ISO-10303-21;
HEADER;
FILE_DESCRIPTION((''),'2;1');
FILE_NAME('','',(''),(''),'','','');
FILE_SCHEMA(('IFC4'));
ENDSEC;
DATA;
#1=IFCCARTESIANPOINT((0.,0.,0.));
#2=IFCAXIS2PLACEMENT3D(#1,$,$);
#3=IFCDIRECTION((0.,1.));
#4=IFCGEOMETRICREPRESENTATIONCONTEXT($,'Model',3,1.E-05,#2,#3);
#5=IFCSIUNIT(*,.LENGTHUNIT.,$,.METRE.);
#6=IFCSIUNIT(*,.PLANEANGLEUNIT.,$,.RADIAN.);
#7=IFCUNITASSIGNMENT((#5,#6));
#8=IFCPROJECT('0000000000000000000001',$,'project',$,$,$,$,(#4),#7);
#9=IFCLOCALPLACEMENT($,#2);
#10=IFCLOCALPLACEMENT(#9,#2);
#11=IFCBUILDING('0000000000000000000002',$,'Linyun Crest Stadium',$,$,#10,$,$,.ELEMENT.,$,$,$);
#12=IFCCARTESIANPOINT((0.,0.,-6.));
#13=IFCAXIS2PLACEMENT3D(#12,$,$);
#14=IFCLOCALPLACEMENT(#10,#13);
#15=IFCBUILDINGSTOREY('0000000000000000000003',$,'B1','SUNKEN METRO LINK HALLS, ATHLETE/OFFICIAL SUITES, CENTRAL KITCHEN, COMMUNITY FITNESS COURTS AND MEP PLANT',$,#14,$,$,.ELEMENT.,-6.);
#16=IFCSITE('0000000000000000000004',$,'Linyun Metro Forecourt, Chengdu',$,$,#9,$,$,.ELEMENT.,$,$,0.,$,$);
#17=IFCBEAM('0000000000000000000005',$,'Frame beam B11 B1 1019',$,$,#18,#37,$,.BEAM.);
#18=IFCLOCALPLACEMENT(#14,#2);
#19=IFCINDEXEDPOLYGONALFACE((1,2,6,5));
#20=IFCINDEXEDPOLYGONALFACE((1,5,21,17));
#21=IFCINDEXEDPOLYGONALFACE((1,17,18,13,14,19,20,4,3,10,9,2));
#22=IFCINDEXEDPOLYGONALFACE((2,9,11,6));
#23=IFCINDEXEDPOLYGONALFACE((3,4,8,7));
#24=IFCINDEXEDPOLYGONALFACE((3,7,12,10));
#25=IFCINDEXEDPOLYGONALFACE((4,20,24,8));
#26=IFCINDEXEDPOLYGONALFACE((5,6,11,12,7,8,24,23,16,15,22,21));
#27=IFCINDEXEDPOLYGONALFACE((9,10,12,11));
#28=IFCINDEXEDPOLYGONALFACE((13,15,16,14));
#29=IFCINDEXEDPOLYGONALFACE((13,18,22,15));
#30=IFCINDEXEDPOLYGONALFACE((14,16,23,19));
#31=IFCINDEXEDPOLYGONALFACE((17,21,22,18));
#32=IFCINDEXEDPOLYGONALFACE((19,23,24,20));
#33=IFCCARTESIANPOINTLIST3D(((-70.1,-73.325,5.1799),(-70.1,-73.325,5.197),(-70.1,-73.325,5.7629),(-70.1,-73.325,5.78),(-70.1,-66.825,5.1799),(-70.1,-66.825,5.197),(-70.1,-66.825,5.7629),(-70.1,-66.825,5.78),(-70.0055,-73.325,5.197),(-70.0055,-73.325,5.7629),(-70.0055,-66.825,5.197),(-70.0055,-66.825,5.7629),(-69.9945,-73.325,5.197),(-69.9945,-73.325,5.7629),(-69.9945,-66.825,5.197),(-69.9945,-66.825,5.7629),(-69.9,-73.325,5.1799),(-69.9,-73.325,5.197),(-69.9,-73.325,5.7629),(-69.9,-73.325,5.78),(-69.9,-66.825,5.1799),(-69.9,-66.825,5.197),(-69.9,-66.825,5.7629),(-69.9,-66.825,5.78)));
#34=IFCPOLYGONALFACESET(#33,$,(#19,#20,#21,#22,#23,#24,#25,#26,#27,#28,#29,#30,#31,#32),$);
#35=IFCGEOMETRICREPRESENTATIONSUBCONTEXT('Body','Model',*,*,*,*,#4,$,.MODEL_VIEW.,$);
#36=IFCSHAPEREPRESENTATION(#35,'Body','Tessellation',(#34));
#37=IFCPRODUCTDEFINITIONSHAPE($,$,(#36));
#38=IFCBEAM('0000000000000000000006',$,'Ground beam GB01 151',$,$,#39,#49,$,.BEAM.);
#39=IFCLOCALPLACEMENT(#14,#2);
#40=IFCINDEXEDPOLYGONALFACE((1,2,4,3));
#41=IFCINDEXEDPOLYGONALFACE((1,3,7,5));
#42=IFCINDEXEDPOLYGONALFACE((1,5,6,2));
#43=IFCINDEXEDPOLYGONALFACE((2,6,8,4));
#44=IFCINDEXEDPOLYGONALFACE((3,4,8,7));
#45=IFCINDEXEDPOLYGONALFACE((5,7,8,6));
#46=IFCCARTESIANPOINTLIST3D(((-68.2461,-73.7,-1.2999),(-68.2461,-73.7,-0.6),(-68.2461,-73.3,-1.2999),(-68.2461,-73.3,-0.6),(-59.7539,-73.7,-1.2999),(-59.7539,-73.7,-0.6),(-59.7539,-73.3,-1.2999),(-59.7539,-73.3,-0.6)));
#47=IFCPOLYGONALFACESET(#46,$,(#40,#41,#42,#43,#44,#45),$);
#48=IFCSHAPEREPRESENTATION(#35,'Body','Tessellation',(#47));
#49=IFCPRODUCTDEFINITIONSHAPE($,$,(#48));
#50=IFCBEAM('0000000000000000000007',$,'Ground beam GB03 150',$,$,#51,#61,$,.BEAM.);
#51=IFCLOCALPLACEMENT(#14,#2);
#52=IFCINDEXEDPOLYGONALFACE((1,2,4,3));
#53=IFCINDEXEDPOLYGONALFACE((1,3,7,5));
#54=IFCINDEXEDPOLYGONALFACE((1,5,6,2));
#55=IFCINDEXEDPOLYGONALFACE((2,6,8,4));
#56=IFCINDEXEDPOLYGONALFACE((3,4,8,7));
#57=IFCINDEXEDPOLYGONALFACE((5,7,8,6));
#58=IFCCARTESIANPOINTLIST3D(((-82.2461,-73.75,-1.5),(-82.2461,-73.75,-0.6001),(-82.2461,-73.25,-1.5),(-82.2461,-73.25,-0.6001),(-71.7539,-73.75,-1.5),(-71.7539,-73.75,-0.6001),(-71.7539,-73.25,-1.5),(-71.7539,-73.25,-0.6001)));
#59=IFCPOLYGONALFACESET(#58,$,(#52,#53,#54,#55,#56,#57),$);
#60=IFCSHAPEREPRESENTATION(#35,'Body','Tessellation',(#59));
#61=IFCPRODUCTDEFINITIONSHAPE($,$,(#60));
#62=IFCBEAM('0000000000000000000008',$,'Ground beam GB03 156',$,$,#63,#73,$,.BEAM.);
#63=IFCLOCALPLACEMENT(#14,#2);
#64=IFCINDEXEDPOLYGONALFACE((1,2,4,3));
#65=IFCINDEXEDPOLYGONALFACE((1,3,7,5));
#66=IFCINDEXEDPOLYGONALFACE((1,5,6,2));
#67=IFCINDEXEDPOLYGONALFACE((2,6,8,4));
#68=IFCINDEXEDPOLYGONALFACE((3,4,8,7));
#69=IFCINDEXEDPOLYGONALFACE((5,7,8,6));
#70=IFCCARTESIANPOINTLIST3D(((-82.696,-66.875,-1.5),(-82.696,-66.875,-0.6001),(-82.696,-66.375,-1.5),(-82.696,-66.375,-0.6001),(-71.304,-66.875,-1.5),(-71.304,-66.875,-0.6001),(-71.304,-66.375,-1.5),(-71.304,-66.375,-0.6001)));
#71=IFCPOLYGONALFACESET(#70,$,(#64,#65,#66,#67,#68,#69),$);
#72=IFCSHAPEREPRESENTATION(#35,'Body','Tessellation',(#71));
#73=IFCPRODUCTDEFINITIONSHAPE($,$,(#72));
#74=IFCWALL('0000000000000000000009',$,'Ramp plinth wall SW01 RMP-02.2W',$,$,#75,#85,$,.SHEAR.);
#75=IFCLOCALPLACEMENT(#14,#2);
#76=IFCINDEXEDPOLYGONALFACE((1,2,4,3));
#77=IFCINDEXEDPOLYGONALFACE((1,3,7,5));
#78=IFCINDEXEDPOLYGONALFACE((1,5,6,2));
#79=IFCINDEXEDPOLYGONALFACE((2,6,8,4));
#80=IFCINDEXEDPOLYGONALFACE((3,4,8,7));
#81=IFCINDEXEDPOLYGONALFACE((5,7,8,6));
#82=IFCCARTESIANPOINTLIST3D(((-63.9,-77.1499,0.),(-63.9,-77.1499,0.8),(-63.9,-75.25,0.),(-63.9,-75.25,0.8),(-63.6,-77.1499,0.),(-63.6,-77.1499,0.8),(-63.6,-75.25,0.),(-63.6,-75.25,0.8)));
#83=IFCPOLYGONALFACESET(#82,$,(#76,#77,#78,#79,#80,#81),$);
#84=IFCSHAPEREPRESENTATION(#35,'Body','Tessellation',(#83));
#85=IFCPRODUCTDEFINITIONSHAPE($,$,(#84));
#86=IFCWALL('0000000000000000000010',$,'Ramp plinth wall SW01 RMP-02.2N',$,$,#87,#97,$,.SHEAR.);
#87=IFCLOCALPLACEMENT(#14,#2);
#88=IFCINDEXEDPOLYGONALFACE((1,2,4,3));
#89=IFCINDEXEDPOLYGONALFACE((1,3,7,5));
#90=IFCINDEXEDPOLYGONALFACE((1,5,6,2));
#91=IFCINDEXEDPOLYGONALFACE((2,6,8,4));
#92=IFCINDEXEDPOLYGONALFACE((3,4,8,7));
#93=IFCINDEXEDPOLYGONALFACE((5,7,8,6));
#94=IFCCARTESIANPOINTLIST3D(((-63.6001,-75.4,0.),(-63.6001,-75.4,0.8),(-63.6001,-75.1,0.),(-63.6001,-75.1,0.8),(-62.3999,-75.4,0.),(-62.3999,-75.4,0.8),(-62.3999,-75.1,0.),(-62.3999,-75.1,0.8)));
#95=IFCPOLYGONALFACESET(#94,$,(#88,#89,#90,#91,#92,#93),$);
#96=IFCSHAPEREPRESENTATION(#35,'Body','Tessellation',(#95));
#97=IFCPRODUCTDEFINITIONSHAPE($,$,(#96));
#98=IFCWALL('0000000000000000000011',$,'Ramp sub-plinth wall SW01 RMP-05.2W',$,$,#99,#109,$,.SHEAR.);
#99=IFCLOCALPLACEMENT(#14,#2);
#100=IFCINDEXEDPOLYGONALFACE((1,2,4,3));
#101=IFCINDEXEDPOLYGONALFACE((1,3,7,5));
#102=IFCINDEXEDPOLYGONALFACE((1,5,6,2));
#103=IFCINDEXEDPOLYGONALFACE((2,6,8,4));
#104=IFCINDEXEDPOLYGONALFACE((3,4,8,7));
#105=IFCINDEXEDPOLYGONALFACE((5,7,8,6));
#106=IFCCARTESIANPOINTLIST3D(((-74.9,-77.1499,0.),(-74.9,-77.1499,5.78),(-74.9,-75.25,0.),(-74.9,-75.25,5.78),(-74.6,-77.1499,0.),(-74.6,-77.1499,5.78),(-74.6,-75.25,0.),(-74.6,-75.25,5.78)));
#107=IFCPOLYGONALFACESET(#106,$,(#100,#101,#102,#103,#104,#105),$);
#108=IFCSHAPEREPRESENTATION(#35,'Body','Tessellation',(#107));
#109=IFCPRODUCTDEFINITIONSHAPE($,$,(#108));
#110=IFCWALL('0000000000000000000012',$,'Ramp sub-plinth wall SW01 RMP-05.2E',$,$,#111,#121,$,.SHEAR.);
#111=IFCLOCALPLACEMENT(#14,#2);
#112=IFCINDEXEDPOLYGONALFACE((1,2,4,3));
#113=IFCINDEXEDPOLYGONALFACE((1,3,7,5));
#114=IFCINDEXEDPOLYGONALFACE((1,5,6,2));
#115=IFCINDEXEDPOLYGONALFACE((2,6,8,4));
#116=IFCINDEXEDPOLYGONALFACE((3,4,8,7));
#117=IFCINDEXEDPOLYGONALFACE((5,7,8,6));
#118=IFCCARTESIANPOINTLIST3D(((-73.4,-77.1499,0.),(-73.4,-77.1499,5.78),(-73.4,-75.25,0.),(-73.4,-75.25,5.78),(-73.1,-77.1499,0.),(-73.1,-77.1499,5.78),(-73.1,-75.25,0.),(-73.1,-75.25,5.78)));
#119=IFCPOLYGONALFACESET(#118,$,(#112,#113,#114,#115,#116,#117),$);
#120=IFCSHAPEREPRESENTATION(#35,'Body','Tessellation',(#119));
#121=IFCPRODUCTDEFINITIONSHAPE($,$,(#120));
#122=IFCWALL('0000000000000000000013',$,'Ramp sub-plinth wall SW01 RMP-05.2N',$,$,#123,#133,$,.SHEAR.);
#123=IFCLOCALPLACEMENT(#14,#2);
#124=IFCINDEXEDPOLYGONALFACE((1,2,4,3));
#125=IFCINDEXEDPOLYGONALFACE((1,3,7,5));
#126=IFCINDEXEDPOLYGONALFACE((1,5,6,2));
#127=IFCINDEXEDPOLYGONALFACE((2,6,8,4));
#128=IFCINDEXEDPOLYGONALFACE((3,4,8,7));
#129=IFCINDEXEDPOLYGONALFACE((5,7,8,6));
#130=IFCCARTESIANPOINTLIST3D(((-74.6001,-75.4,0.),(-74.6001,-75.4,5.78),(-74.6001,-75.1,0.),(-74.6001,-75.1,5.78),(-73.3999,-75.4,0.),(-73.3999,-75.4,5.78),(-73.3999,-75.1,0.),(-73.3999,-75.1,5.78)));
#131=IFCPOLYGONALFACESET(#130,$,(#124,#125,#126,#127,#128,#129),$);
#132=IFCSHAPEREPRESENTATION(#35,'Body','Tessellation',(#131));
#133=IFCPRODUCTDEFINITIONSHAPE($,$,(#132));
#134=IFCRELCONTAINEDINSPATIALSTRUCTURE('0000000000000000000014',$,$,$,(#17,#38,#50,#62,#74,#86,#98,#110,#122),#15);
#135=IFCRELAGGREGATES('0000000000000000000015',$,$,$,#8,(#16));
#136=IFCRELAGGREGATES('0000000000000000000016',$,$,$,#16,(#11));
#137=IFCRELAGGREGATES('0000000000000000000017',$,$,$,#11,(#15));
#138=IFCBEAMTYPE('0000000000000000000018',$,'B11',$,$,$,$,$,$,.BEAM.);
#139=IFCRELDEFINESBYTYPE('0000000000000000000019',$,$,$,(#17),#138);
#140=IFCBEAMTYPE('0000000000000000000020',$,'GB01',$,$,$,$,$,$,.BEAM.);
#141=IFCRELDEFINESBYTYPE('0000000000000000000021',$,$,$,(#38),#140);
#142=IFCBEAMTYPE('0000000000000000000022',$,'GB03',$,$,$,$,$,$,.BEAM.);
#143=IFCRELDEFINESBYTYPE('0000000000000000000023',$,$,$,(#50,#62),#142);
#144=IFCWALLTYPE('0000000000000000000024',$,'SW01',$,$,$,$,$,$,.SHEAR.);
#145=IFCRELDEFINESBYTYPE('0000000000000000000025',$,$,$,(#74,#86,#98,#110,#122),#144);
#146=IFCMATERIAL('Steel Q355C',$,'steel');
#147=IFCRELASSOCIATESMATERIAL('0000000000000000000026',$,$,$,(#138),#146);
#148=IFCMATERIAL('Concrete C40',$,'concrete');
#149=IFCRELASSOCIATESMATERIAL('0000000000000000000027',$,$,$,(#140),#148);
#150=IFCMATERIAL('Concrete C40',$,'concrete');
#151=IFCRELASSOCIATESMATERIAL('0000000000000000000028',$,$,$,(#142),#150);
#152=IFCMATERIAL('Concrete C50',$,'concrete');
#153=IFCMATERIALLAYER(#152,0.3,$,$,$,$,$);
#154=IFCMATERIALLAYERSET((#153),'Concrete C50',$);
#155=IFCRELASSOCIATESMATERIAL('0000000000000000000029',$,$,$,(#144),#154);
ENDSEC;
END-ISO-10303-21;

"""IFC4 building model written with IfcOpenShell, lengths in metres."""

from ifc_helpers import new_model, si_unit, direction, frame, frame_2d, origin, origin_2d, place, context, subcontext, project, spatial, rectangle, i_section, extrude, material, layer, layer_set, material_profile, profile_set, type_object, element, save


model = new_model("IFC4")

# Units and contexts
model_context = context("Model", 3, precision=1e-05, world=origin(), true_north=direction((0.0, 1.0)))
body_context = subcontext(model_context, "Body", "Model", "MODEL_VIEW")
ifc_project = project(units=[si_unit("LENGTHUNIT", "METRE"), si_unit("PLANEANGLEUNIT", "RADIAN")], contexts=[model_context])

# Site, building, storey
site_placement = place(None, origin())
site = spatial("IfcSite", under=ifc_project, at=site_placement, Name="Linyun Metro Forecourt, Chengdu", CompositionType="ELEMENT", RefElevation=0.0)
building_placement = place(site_placement, origin())
building = spatial("IfcBuilding", under=site, at=building_placement, Name="Linyun Crest Stadium", CompositionType="ELEMENT")
storey_placement = place(building_placement, frame((0.0, 0.0, -6.0)))
storey = spatial("IfcBuildingStorey", under=building, at=storey_placement, Name="B1", Description="SUNKEN METRO LINK HALLS, ATHLETE/OFFICIAL SUITES, CENTRAL KITCHEN, COMMUNITY FITNESS COURTS AND MEP PLANT", CompositionType="ELEMENT", Elevation=-6.0)

# Beams
ifc_material_1 = material(Name="Steel Q355C", Category="steel")
ifc_material_profile_1 = material_profile(ifc_material_1, i_section(OverallWidth=0.2, OverallDepth=0.6001, WebThickness=0.011, FlangeThickness=0.0171, at=origin_2d()), Name="HN 600x200")
ifc_profile_set_1 = profile_set([ifc_material_profile_1], Name="Steel Q355C")
beam_type_1 = type_object("IfcBeamType", Name="B11", PredefinedType="BEAM", material=ifc_profile_set_1)
beam_1_placement = place(storey_placement, frame((-70.0, -73.325, 5.48), z_axis=(0.0, 1.0, 0.0), x_axis=(-1.0, 0.0, 0.0)))
element("IfcBeam", 1, at=beam_1_placement, inside=storey, type_object=beam_type_1, Name="Frame beam B11 B1 1019", PredefinedType="BEAM", context=body_context, shape_type="SweptSolid", body=[
    extrude(i_section(OverallWidth=0.2, OverallDepth=0.6001, WebThickness=0.011, FlangeThickness=0.0171, at=origin_2d()), origin(), (0.0, 0.0, 1.0), 6.5),
])
ifc_material_2 = material(Name="Concrete C40", Category="concrete")
ifc_material_profile_2 = material_profile(ifc_material_2, rectangle(XDim=0.3999, YDim=0.7, at=origin_2d()), Name="RCB 700x400")
ifc_profile_set_2 = profile_set([ifc_material_profile_2], Name="Concrete C40")
beam_type_2 = type_object("IfcBeamType", Name="GB01", PredefinedType="BEAM", material=ifc_profile_set_2)
beam_2_placement = place(storey_placement, frame((-68.2461, -73.5, -0.95), z_axis=(1.0, 0.0, 0.0), x_axis=(0.0, 1.0, 0.0)))
element("IfcBeam", 2, at=beam_2_placement, inside=storey, type_object=beam_type_2, Name="Ground beam GB01 151", PredefinedType="BEAM", context=body_context, shape_type="SweptSolid", body=[
    extrude(rectangle(XDim=0.3999, YDim=0.7, at=origin_2d()), origin(), (0.0, 0.0, 1.0), 8.4922),
])
ifc_material_3 = material(Name="Concrete C40", Category="concrete")
ifc_material_profile_3 = material_profile(ifc_material_3, rectangle(XDim=0.5, YDim=0.8999, at=origin_2d()), Name="RCB 900x500")
ifc_profile_set_3 = profile_set([ifc_material_profile_3], Name="Concrete C40")
beam_type_3 = type_object("IfcBeamType", Name="GB03", PredefinedType="BEAM", material=ifc_profile_set_3)
beam_3_placement = place(storey_placement, frame((-82.2461, -73.5, -1.05), z_axis=(1.0, 0.0, 0.0), x_axis=(0.0, 1.0, 0.0)))
element("IfcBeam", 3, at=beam_3_placement, inside=storey, type_object=beam_type_3, Name="Ground beam GB03 150", PredefinedType="BEAM", context=body_context, shape_type="SweptSolid", body=[
    extrude(rectangle(XDim=0.5, YDim=0.8999, at=origin_2d()), origin(), (0.0, 0.0, 1.0), 10.4922),
])
beam_4_placement = place(storey_placement, frame((-82.696, -66.625, -1.05), z_axis=(1.0, 0.0, 0.0), x_axis=(0.0, 1.0, 0.0)))
element("IfcBeam", 4, at=beam_4_placement, inside=storey, type_object=beam_type_3, Name="Ground beam GB03 156", PredefinedType="BEAM", context=body_context, shape_type="SweptSolid", body=[
    extrude(rectangle(XDim=0.5, YDim=0.8999, at=origin_2d()), origin(), (0.0, 0.0, 1.0), 11.3921),
])

# Walls
ifc_material_4 = material(Name="Concrete C50", Category="concrete")
ifc_layer = layer(ifc_material_4, 0.3)
ifc_layer_set = layer_set([ifc_layer], Name="Concrete C50")
wall_type = type_object("IfcWallType", Name="SW01", PredefinedType="SHEAR", material=ifc_layer_set)
wall_1_placement = place(storey_placement, frame((-63.75, -77.1499, 0.0), z_axis=(0.0, 0.0, 1.0), x_axis=(0.0, 1.0, 0.0)))
element("IfcWall", 5, at=wall_1_placement, inside=storey, type_object=wall_type, Name="Ramp plinth wall SW01 RMP-02.2W", PredefinedType="SHEAR", context=body_context, shape_type="SweptSolid", body=[
    extrude(rectangle(XDim=1.8999, YDim=0.3, at=frame_2d((0.95, 0.0))), origin(), (0.0, 0.0, 1.0), 0.8),
])
wall_2_placement = place(storey_placement, frame((-63.6001, -75.25, 0.0), z_axis=(0.0, 0.0, 1.0), x_axis=(1.0, 0.0, 0.0)))
element("IfcWall", 6, at=wall_2_placement, inside=storey, type_object=wall_type, Name="Ramp plinth wall SW01 RMP-02.2N", PredefinedType="SHEAR", context=body_context, shape_type="SweptSolid", body=[
    extrude(rectangle(XDim=1.2002, YDim=0.3, at=frame_2d((0.6001, 0.0))), origin(), (0.0, 0.0, 1.0), 0.8),
])
for number, where, z_axis, x_axis, name in (
    (7, (-74.75, -77.1499, 0.0), (0.0, 0.0, 1.0), (0.0, 1.0, 0.0), "Ramp sub-plinth wall SW01 RMP-05.2W"),
    (8, (-73.25, -77.1499, 0.0), (0.0, 0.0, 1.0), (0.0, 1.0, 0.0), "Ramp sub-plinth wall SW01 RMP-05.2E"),
):
    element("IfcWall", number, at=place(storey_placement, frame(where, z_axis=z_axis, x_axis=x_axis)), inside=storey, type_object=wall_type, Name=name, PredefinedType="SHEAR", context=body_context, shape_type="SweptSolid", body=[
        extrude(rectangle(XDim=1.8999, YDim=0.3, at=frame_2d((0.95, 0.0))), origin(), (0.0, 0.0, 1.0), 5.78),
    ])
wall_3_placement = place(storey_placement, frame((-74.6001, -75.25, 0.0), z_axis=(0.0, 0.0, 1.0), x_axis=(1.0, 0.0, 0.0)))
element("IfcWall", 9, at=wall_3_placement, inside=storey, type_object=wall_type, Name="Ramp sub-plinth wall SW01 RMP-05.2N", PredefinedType="SHEAR", context=body_context, shape_type="SweptSolid", body=[
    extrude(rectangle(XDim=1.2002, YDim=0.3, at=frame_2d((0.6001, 0.0))), origin(), (0.0, 0.0, 1.0), 5.78),
])

save(model, "model.ifc")
